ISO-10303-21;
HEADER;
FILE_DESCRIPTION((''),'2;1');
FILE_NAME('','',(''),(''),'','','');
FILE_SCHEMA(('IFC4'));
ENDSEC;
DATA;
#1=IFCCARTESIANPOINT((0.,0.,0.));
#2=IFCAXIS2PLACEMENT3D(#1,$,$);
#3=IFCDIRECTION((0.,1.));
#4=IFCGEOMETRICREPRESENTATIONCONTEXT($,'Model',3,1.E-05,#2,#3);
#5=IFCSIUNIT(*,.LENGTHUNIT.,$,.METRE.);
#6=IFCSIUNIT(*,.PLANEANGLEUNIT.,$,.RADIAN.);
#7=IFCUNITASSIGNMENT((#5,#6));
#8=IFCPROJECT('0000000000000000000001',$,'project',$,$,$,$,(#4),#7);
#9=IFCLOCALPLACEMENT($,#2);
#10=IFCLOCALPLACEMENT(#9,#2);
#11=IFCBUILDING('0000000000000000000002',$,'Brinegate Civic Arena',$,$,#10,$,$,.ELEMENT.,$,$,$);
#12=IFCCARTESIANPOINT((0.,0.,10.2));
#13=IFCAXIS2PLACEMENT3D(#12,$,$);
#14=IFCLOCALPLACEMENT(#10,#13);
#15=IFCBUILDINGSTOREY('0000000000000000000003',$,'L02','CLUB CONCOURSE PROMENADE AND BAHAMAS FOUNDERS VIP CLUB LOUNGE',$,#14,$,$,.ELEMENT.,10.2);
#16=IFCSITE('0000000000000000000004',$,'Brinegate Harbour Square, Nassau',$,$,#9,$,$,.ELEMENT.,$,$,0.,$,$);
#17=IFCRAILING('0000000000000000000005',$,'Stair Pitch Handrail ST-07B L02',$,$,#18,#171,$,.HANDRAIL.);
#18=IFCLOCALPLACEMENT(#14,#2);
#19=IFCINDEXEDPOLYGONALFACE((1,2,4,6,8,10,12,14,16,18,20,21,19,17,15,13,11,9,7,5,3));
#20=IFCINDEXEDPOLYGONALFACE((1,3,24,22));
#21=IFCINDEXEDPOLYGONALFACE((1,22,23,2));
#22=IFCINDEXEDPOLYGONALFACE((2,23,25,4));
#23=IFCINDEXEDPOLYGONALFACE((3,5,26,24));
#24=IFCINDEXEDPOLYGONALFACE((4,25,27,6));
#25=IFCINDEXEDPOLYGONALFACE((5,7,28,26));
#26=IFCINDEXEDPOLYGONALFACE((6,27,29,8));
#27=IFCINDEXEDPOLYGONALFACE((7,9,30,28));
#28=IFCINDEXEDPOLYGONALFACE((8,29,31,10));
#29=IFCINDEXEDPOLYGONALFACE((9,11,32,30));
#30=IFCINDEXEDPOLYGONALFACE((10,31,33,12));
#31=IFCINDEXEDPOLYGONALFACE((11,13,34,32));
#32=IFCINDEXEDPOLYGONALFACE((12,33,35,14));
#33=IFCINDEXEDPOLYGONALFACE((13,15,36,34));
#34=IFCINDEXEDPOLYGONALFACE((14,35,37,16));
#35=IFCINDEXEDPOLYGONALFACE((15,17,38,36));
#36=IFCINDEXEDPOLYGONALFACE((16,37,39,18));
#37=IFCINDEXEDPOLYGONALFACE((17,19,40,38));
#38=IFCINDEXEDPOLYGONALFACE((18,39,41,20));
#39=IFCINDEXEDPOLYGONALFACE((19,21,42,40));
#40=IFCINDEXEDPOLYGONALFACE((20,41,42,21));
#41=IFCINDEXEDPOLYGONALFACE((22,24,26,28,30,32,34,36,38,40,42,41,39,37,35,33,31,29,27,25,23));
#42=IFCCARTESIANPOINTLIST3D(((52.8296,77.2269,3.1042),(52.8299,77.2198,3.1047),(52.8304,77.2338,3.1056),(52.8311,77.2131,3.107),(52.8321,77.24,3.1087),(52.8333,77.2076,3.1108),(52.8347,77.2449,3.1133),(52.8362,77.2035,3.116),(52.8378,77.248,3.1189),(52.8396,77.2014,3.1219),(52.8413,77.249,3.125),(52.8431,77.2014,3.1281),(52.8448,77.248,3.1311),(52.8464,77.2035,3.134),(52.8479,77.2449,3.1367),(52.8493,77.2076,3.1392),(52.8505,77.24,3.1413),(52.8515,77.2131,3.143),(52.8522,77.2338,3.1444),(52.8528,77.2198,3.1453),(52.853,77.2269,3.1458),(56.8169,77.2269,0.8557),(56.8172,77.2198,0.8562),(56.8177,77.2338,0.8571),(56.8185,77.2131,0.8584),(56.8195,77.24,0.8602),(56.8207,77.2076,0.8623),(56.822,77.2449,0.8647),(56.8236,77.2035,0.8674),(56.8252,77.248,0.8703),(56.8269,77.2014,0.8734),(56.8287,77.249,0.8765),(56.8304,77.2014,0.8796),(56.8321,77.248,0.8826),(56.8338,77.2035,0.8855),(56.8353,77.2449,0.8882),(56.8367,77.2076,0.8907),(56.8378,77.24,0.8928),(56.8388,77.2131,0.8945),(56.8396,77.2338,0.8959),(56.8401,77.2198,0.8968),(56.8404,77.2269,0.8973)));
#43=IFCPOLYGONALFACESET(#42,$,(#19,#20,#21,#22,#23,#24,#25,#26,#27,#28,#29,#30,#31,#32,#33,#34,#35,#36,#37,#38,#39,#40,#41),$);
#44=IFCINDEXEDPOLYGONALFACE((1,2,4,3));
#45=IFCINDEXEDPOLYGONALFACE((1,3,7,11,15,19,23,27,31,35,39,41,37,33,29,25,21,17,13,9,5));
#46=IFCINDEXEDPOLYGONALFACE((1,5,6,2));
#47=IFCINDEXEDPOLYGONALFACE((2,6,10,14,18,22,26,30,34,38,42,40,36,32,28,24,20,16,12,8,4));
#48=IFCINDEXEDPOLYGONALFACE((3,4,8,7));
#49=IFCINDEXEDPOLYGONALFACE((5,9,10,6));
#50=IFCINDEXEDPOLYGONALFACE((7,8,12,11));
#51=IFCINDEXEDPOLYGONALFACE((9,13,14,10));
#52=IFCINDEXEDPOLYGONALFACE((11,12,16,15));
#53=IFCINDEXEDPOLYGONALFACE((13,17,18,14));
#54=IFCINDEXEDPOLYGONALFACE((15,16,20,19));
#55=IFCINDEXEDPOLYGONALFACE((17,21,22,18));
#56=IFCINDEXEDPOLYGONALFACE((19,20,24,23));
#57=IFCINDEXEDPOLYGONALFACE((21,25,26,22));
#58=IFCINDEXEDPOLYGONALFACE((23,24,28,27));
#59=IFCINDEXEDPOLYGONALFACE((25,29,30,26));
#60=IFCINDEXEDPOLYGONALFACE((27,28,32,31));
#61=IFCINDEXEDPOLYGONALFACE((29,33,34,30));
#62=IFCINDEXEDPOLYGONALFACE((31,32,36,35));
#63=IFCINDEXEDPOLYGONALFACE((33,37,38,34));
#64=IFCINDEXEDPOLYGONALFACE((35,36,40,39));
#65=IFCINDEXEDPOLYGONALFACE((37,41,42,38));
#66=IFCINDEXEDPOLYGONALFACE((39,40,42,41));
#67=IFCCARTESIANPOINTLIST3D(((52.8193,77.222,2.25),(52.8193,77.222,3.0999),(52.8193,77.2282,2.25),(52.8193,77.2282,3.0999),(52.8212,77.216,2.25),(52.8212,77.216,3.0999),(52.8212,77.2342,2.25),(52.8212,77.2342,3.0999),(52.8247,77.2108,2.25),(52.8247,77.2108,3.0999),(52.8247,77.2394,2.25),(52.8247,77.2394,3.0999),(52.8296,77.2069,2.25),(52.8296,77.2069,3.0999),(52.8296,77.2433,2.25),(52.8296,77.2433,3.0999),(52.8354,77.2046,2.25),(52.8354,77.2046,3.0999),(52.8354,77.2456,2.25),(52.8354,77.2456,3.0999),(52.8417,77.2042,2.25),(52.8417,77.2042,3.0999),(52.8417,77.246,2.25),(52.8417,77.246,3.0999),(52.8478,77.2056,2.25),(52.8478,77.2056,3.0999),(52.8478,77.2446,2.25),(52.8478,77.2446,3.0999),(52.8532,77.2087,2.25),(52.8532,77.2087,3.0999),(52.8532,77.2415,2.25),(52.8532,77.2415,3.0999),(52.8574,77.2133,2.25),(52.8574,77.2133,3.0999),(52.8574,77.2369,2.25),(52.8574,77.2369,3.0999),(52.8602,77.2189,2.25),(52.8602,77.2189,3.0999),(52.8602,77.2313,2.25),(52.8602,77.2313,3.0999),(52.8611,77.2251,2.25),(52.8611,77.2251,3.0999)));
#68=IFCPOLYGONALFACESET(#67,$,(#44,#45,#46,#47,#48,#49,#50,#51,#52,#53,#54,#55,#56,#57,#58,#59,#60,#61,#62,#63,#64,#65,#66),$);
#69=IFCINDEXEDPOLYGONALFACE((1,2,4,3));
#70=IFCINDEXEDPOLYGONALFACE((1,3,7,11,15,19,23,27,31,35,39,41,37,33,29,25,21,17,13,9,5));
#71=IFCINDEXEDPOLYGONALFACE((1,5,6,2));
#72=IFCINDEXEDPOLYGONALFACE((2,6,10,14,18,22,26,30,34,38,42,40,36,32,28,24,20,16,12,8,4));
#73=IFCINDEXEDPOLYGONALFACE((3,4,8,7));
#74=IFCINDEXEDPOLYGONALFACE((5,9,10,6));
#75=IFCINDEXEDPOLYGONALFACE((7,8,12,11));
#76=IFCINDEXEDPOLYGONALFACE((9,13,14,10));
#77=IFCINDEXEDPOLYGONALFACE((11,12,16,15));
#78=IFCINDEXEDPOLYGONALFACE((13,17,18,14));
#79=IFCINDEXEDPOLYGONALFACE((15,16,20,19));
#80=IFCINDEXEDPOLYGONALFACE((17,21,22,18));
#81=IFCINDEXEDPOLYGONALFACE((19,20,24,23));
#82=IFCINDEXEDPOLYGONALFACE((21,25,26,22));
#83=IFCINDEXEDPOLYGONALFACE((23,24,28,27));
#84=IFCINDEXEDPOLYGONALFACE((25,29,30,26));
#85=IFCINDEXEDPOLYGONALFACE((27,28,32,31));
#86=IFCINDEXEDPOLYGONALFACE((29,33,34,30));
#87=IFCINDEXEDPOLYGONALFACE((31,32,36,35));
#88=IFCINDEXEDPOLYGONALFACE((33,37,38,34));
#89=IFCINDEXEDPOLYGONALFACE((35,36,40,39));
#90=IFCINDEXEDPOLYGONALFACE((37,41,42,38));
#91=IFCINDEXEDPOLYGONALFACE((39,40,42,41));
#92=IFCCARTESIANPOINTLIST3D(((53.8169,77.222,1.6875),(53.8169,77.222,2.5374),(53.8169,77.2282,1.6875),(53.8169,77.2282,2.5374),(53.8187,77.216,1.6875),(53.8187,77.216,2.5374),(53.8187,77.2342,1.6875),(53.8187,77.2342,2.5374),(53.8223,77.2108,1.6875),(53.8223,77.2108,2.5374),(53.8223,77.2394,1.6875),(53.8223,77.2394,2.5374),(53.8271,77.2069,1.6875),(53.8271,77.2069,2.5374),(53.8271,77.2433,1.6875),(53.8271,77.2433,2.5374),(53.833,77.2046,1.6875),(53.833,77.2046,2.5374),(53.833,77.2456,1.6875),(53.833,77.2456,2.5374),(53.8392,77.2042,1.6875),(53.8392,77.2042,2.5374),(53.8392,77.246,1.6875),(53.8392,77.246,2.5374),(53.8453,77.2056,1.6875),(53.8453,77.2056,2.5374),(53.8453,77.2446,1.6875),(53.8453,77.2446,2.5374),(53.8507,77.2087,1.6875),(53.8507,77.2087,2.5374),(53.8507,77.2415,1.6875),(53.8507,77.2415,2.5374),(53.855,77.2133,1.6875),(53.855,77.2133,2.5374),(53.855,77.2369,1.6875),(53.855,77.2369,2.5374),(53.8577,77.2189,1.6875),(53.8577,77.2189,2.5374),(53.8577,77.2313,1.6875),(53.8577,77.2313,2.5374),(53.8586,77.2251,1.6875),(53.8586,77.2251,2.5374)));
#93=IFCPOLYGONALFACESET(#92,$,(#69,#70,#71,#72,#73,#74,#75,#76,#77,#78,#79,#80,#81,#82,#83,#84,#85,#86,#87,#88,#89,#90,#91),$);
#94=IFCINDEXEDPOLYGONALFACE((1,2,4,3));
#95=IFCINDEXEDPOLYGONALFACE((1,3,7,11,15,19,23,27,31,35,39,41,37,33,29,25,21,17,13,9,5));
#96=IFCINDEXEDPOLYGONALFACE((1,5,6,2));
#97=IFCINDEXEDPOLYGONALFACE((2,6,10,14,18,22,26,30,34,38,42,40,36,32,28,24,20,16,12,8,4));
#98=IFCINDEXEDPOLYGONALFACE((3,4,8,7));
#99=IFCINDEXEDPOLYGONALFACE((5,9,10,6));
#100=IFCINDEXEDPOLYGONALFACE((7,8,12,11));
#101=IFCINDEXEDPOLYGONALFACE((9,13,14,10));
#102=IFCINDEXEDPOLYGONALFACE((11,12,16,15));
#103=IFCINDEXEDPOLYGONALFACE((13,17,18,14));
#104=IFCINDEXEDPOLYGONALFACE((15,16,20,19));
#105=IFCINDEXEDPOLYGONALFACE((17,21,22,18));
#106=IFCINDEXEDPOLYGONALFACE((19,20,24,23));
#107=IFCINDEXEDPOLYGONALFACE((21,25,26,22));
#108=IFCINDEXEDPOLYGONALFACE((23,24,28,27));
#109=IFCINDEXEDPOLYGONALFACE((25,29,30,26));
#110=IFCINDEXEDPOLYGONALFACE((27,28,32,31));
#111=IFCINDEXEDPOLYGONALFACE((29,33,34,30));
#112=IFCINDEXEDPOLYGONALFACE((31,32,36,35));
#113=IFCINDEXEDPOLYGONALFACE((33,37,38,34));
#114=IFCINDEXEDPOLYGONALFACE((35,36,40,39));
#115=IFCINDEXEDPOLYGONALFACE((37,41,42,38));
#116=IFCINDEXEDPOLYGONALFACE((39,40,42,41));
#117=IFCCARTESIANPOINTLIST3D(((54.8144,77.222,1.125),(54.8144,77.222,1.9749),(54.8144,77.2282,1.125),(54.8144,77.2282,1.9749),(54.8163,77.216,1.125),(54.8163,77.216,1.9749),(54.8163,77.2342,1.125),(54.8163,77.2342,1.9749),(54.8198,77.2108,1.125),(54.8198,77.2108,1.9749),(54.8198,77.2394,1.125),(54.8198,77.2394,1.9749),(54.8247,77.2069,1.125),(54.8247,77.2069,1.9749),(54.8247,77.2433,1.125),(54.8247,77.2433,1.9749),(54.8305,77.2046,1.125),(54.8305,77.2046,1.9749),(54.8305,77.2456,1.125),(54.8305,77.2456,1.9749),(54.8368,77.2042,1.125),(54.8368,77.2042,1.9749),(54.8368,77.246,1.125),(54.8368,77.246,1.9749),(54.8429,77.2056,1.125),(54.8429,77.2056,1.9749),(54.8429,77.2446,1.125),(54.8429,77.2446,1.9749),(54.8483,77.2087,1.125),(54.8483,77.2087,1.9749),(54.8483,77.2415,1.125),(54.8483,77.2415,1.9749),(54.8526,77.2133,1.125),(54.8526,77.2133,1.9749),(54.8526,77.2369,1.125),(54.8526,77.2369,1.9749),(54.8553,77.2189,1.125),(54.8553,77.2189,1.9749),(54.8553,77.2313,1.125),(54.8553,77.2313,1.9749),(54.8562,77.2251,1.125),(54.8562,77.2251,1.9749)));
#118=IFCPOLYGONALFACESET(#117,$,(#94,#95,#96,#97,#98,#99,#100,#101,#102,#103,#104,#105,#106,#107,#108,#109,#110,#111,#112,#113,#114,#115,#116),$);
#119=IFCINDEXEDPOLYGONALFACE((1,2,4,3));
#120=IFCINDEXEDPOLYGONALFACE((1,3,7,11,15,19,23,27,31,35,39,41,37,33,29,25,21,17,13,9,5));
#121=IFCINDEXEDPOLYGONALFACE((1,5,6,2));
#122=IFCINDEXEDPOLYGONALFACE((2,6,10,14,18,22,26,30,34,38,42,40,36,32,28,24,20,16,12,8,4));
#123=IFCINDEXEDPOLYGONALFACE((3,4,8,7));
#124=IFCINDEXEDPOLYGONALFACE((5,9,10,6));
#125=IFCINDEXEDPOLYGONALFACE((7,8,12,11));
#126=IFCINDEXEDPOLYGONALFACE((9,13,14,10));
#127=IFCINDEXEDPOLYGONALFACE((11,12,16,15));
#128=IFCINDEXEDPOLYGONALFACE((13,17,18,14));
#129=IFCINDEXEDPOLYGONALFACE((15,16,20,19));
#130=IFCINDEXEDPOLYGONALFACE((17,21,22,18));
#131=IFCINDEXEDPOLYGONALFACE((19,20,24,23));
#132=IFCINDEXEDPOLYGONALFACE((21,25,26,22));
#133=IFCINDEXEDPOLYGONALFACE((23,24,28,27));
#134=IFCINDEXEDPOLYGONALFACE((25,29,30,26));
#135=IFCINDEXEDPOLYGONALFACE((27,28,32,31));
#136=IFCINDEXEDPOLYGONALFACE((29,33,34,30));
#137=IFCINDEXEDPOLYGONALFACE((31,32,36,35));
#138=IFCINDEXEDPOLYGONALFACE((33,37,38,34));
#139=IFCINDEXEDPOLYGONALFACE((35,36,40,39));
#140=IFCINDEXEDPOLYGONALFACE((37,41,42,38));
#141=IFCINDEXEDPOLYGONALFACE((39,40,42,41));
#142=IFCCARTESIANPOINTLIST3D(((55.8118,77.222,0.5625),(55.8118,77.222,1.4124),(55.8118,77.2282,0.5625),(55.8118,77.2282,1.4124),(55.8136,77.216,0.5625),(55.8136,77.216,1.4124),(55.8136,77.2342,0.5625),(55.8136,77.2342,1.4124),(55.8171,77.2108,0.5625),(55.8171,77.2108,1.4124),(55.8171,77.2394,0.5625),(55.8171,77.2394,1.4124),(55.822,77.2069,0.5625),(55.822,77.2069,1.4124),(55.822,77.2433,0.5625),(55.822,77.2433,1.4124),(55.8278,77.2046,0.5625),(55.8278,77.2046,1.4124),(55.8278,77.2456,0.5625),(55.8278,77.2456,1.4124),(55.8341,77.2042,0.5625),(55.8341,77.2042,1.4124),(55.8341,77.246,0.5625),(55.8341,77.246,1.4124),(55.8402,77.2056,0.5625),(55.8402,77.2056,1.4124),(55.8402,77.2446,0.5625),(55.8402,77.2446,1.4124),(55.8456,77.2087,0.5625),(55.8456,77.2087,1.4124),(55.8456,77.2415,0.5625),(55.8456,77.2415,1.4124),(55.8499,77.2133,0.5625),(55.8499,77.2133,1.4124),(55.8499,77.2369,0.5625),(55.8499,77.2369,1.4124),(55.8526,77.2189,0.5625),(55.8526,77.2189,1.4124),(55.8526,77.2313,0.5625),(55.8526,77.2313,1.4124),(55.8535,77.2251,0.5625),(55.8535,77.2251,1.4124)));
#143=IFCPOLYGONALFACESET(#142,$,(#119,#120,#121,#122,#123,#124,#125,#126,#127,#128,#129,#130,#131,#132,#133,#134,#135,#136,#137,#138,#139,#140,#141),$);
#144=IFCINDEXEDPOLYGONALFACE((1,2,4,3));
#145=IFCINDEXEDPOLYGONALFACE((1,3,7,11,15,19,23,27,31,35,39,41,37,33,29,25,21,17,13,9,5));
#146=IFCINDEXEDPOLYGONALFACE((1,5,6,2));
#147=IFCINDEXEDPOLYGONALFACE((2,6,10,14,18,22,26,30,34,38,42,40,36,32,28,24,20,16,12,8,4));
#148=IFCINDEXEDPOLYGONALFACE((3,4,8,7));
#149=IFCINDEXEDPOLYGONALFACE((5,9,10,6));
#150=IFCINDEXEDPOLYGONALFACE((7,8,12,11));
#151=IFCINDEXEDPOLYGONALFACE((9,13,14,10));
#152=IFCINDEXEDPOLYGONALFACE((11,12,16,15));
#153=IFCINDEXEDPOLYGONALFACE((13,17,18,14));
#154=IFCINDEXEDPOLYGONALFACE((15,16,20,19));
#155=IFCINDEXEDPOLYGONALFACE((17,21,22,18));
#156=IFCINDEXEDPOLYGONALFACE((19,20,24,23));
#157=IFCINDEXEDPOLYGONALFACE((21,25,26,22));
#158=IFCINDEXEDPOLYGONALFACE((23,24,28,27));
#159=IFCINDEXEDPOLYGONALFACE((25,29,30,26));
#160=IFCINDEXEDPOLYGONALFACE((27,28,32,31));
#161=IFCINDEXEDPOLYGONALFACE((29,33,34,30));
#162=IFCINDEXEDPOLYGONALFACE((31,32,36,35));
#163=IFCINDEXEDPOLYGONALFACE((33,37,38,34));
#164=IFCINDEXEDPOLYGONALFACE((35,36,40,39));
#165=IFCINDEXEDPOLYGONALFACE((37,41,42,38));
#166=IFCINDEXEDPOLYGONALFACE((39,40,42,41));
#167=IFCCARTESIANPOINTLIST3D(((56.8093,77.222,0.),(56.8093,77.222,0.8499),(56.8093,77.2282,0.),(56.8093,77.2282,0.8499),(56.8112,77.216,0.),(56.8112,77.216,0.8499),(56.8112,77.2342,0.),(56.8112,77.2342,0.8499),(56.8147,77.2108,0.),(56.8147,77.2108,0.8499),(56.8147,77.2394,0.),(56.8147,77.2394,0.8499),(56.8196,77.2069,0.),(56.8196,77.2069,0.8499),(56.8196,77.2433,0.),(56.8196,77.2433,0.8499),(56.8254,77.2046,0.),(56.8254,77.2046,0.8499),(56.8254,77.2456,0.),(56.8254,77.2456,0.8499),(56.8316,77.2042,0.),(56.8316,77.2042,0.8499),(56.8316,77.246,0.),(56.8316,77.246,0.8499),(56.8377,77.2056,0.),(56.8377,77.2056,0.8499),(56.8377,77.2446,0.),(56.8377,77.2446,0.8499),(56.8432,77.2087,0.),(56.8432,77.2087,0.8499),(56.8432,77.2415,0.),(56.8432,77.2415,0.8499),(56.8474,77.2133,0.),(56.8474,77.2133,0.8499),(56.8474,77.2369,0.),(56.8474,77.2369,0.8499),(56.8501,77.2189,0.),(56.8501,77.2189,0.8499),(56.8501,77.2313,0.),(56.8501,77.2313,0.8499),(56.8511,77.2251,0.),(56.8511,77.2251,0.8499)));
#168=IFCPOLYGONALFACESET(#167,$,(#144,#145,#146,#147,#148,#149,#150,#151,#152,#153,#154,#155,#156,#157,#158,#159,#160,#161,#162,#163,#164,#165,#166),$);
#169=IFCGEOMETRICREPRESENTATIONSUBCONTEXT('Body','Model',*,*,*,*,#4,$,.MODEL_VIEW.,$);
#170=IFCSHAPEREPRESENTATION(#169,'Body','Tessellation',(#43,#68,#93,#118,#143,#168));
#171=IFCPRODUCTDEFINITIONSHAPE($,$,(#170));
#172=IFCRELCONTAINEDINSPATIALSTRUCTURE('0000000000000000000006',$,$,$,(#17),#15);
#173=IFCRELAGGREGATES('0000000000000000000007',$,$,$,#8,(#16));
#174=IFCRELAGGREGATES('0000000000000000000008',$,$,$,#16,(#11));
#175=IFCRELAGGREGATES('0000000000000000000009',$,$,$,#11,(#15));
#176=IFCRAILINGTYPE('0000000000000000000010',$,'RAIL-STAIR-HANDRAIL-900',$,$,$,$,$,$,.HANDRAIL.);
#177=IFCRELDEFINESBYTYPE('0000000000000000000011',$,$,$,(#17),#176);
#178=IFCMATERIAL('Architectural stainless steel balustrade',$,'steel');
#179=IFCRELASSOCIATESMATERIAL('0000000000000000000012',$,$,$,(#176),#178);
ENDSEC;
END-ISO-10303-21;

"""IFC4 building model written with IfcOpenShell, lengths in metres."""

from ifc_helpers import new_model, si_unit, direction, frame, origin, origin_2d, place, context, subcontext, project, spatial, circle, extrude, material, type_object, element, save


model = new_model("IFC4")

# Units and contexts
model_context = context("Model", 3, precision=1e-05, world=origin(), true_north=direction((0.0, 1.0)))
body_context = subcontext(model_context, "Body", "Model", "MODEL_VIEW")
ifc_project = project(units=[si_unit("LENGTHUNIT", "METRE"), si_unit("PLANEANGLEUNIT", "RADIAN")], contexts=[model_context])

# Site, building, storey
site_placement = place(None, origin())
site = spatial("IfcSite", under=ifc_project, at=site_placement, Name="Brinegate Harbour Square, Nassau", CompositionType="ELEMENT", RefElevation=0.0)
building_placement = place(site_placement, origin())
building = spatial("IfcBuilding", under=site, at=building_placement, Name="Brinegate Civic Arena", CompositionType="ELEMENT")
storey_placement = place(building_placement, frame((0.0, 0.0, 10.2)))
storey = spatial("IfcBuildingStorey", under=building, at=storey_placement, Name="L02", Description="CLUB CONCOURSE PROMENADE AND BAHAMAS FOUNDERS VIP CLUB LOUNGE", CompositionType="ELEMENT", Elevation=10.2)

# Railing
ifc_material_1 = material(Name="Architectural stainless steel balustrade", Category="steel")
railing_type = type_object("IfcRailingType", Name="RAIL-STAIR-HANDRAIL-900", PredefinedType="HANDRAIL", material=ifc_material_1)
railing_placement = place(storey_placement, frame((52.8401, 77.2251, 2.25)))
element("IfcRailing", 1, at=railing_placement, inside=storey, type_object=railing_type, Name="Stair Pitch Handrail ST-07B L02", PredefinedType="HANDRAIL", context=body_context, shape_type="SweptSolid", body=[
    extrude(circle(Radius=0.0239, at=origin_2d()), frame((0.0012, 0.0, 0.875), z_axis=(0.87105, 0.0, -0.491195), x_axis=(0.0, 1.0, 0.0)), (0.0, 0.0, 1.0), 4.5776),
    extrude(circle(Radius=0.021, at=origin_2d()), origin(), (0.0, 0.0, 1.0), 0.8499),
    extrude(circle(Radius=0.021, at=origin_2d()), frame((0.9976, 0.0, -0.5625)), (0.0, 0.0, 1.0), 0.8499),
    extrude(circle(Radius=0.021, at=origin_2d()), frame((1.9951, 0.0, -1.125)), (0.0, 0.0, 1.0), 0.8499),
    extrude(circle(Radius=0.021, at=origin_2d()), frame((2.9924, 0.0, -1.6875)), (0.0, 0.0, 1.0), 0.8499),
    extrude(circle(Radius=0.021, at=origin_2d()), frame((3.99, 0.0, -2.25)), (0.0, 0.0, 1.0), 0.8499),
])

save(model, "model.ifc")
